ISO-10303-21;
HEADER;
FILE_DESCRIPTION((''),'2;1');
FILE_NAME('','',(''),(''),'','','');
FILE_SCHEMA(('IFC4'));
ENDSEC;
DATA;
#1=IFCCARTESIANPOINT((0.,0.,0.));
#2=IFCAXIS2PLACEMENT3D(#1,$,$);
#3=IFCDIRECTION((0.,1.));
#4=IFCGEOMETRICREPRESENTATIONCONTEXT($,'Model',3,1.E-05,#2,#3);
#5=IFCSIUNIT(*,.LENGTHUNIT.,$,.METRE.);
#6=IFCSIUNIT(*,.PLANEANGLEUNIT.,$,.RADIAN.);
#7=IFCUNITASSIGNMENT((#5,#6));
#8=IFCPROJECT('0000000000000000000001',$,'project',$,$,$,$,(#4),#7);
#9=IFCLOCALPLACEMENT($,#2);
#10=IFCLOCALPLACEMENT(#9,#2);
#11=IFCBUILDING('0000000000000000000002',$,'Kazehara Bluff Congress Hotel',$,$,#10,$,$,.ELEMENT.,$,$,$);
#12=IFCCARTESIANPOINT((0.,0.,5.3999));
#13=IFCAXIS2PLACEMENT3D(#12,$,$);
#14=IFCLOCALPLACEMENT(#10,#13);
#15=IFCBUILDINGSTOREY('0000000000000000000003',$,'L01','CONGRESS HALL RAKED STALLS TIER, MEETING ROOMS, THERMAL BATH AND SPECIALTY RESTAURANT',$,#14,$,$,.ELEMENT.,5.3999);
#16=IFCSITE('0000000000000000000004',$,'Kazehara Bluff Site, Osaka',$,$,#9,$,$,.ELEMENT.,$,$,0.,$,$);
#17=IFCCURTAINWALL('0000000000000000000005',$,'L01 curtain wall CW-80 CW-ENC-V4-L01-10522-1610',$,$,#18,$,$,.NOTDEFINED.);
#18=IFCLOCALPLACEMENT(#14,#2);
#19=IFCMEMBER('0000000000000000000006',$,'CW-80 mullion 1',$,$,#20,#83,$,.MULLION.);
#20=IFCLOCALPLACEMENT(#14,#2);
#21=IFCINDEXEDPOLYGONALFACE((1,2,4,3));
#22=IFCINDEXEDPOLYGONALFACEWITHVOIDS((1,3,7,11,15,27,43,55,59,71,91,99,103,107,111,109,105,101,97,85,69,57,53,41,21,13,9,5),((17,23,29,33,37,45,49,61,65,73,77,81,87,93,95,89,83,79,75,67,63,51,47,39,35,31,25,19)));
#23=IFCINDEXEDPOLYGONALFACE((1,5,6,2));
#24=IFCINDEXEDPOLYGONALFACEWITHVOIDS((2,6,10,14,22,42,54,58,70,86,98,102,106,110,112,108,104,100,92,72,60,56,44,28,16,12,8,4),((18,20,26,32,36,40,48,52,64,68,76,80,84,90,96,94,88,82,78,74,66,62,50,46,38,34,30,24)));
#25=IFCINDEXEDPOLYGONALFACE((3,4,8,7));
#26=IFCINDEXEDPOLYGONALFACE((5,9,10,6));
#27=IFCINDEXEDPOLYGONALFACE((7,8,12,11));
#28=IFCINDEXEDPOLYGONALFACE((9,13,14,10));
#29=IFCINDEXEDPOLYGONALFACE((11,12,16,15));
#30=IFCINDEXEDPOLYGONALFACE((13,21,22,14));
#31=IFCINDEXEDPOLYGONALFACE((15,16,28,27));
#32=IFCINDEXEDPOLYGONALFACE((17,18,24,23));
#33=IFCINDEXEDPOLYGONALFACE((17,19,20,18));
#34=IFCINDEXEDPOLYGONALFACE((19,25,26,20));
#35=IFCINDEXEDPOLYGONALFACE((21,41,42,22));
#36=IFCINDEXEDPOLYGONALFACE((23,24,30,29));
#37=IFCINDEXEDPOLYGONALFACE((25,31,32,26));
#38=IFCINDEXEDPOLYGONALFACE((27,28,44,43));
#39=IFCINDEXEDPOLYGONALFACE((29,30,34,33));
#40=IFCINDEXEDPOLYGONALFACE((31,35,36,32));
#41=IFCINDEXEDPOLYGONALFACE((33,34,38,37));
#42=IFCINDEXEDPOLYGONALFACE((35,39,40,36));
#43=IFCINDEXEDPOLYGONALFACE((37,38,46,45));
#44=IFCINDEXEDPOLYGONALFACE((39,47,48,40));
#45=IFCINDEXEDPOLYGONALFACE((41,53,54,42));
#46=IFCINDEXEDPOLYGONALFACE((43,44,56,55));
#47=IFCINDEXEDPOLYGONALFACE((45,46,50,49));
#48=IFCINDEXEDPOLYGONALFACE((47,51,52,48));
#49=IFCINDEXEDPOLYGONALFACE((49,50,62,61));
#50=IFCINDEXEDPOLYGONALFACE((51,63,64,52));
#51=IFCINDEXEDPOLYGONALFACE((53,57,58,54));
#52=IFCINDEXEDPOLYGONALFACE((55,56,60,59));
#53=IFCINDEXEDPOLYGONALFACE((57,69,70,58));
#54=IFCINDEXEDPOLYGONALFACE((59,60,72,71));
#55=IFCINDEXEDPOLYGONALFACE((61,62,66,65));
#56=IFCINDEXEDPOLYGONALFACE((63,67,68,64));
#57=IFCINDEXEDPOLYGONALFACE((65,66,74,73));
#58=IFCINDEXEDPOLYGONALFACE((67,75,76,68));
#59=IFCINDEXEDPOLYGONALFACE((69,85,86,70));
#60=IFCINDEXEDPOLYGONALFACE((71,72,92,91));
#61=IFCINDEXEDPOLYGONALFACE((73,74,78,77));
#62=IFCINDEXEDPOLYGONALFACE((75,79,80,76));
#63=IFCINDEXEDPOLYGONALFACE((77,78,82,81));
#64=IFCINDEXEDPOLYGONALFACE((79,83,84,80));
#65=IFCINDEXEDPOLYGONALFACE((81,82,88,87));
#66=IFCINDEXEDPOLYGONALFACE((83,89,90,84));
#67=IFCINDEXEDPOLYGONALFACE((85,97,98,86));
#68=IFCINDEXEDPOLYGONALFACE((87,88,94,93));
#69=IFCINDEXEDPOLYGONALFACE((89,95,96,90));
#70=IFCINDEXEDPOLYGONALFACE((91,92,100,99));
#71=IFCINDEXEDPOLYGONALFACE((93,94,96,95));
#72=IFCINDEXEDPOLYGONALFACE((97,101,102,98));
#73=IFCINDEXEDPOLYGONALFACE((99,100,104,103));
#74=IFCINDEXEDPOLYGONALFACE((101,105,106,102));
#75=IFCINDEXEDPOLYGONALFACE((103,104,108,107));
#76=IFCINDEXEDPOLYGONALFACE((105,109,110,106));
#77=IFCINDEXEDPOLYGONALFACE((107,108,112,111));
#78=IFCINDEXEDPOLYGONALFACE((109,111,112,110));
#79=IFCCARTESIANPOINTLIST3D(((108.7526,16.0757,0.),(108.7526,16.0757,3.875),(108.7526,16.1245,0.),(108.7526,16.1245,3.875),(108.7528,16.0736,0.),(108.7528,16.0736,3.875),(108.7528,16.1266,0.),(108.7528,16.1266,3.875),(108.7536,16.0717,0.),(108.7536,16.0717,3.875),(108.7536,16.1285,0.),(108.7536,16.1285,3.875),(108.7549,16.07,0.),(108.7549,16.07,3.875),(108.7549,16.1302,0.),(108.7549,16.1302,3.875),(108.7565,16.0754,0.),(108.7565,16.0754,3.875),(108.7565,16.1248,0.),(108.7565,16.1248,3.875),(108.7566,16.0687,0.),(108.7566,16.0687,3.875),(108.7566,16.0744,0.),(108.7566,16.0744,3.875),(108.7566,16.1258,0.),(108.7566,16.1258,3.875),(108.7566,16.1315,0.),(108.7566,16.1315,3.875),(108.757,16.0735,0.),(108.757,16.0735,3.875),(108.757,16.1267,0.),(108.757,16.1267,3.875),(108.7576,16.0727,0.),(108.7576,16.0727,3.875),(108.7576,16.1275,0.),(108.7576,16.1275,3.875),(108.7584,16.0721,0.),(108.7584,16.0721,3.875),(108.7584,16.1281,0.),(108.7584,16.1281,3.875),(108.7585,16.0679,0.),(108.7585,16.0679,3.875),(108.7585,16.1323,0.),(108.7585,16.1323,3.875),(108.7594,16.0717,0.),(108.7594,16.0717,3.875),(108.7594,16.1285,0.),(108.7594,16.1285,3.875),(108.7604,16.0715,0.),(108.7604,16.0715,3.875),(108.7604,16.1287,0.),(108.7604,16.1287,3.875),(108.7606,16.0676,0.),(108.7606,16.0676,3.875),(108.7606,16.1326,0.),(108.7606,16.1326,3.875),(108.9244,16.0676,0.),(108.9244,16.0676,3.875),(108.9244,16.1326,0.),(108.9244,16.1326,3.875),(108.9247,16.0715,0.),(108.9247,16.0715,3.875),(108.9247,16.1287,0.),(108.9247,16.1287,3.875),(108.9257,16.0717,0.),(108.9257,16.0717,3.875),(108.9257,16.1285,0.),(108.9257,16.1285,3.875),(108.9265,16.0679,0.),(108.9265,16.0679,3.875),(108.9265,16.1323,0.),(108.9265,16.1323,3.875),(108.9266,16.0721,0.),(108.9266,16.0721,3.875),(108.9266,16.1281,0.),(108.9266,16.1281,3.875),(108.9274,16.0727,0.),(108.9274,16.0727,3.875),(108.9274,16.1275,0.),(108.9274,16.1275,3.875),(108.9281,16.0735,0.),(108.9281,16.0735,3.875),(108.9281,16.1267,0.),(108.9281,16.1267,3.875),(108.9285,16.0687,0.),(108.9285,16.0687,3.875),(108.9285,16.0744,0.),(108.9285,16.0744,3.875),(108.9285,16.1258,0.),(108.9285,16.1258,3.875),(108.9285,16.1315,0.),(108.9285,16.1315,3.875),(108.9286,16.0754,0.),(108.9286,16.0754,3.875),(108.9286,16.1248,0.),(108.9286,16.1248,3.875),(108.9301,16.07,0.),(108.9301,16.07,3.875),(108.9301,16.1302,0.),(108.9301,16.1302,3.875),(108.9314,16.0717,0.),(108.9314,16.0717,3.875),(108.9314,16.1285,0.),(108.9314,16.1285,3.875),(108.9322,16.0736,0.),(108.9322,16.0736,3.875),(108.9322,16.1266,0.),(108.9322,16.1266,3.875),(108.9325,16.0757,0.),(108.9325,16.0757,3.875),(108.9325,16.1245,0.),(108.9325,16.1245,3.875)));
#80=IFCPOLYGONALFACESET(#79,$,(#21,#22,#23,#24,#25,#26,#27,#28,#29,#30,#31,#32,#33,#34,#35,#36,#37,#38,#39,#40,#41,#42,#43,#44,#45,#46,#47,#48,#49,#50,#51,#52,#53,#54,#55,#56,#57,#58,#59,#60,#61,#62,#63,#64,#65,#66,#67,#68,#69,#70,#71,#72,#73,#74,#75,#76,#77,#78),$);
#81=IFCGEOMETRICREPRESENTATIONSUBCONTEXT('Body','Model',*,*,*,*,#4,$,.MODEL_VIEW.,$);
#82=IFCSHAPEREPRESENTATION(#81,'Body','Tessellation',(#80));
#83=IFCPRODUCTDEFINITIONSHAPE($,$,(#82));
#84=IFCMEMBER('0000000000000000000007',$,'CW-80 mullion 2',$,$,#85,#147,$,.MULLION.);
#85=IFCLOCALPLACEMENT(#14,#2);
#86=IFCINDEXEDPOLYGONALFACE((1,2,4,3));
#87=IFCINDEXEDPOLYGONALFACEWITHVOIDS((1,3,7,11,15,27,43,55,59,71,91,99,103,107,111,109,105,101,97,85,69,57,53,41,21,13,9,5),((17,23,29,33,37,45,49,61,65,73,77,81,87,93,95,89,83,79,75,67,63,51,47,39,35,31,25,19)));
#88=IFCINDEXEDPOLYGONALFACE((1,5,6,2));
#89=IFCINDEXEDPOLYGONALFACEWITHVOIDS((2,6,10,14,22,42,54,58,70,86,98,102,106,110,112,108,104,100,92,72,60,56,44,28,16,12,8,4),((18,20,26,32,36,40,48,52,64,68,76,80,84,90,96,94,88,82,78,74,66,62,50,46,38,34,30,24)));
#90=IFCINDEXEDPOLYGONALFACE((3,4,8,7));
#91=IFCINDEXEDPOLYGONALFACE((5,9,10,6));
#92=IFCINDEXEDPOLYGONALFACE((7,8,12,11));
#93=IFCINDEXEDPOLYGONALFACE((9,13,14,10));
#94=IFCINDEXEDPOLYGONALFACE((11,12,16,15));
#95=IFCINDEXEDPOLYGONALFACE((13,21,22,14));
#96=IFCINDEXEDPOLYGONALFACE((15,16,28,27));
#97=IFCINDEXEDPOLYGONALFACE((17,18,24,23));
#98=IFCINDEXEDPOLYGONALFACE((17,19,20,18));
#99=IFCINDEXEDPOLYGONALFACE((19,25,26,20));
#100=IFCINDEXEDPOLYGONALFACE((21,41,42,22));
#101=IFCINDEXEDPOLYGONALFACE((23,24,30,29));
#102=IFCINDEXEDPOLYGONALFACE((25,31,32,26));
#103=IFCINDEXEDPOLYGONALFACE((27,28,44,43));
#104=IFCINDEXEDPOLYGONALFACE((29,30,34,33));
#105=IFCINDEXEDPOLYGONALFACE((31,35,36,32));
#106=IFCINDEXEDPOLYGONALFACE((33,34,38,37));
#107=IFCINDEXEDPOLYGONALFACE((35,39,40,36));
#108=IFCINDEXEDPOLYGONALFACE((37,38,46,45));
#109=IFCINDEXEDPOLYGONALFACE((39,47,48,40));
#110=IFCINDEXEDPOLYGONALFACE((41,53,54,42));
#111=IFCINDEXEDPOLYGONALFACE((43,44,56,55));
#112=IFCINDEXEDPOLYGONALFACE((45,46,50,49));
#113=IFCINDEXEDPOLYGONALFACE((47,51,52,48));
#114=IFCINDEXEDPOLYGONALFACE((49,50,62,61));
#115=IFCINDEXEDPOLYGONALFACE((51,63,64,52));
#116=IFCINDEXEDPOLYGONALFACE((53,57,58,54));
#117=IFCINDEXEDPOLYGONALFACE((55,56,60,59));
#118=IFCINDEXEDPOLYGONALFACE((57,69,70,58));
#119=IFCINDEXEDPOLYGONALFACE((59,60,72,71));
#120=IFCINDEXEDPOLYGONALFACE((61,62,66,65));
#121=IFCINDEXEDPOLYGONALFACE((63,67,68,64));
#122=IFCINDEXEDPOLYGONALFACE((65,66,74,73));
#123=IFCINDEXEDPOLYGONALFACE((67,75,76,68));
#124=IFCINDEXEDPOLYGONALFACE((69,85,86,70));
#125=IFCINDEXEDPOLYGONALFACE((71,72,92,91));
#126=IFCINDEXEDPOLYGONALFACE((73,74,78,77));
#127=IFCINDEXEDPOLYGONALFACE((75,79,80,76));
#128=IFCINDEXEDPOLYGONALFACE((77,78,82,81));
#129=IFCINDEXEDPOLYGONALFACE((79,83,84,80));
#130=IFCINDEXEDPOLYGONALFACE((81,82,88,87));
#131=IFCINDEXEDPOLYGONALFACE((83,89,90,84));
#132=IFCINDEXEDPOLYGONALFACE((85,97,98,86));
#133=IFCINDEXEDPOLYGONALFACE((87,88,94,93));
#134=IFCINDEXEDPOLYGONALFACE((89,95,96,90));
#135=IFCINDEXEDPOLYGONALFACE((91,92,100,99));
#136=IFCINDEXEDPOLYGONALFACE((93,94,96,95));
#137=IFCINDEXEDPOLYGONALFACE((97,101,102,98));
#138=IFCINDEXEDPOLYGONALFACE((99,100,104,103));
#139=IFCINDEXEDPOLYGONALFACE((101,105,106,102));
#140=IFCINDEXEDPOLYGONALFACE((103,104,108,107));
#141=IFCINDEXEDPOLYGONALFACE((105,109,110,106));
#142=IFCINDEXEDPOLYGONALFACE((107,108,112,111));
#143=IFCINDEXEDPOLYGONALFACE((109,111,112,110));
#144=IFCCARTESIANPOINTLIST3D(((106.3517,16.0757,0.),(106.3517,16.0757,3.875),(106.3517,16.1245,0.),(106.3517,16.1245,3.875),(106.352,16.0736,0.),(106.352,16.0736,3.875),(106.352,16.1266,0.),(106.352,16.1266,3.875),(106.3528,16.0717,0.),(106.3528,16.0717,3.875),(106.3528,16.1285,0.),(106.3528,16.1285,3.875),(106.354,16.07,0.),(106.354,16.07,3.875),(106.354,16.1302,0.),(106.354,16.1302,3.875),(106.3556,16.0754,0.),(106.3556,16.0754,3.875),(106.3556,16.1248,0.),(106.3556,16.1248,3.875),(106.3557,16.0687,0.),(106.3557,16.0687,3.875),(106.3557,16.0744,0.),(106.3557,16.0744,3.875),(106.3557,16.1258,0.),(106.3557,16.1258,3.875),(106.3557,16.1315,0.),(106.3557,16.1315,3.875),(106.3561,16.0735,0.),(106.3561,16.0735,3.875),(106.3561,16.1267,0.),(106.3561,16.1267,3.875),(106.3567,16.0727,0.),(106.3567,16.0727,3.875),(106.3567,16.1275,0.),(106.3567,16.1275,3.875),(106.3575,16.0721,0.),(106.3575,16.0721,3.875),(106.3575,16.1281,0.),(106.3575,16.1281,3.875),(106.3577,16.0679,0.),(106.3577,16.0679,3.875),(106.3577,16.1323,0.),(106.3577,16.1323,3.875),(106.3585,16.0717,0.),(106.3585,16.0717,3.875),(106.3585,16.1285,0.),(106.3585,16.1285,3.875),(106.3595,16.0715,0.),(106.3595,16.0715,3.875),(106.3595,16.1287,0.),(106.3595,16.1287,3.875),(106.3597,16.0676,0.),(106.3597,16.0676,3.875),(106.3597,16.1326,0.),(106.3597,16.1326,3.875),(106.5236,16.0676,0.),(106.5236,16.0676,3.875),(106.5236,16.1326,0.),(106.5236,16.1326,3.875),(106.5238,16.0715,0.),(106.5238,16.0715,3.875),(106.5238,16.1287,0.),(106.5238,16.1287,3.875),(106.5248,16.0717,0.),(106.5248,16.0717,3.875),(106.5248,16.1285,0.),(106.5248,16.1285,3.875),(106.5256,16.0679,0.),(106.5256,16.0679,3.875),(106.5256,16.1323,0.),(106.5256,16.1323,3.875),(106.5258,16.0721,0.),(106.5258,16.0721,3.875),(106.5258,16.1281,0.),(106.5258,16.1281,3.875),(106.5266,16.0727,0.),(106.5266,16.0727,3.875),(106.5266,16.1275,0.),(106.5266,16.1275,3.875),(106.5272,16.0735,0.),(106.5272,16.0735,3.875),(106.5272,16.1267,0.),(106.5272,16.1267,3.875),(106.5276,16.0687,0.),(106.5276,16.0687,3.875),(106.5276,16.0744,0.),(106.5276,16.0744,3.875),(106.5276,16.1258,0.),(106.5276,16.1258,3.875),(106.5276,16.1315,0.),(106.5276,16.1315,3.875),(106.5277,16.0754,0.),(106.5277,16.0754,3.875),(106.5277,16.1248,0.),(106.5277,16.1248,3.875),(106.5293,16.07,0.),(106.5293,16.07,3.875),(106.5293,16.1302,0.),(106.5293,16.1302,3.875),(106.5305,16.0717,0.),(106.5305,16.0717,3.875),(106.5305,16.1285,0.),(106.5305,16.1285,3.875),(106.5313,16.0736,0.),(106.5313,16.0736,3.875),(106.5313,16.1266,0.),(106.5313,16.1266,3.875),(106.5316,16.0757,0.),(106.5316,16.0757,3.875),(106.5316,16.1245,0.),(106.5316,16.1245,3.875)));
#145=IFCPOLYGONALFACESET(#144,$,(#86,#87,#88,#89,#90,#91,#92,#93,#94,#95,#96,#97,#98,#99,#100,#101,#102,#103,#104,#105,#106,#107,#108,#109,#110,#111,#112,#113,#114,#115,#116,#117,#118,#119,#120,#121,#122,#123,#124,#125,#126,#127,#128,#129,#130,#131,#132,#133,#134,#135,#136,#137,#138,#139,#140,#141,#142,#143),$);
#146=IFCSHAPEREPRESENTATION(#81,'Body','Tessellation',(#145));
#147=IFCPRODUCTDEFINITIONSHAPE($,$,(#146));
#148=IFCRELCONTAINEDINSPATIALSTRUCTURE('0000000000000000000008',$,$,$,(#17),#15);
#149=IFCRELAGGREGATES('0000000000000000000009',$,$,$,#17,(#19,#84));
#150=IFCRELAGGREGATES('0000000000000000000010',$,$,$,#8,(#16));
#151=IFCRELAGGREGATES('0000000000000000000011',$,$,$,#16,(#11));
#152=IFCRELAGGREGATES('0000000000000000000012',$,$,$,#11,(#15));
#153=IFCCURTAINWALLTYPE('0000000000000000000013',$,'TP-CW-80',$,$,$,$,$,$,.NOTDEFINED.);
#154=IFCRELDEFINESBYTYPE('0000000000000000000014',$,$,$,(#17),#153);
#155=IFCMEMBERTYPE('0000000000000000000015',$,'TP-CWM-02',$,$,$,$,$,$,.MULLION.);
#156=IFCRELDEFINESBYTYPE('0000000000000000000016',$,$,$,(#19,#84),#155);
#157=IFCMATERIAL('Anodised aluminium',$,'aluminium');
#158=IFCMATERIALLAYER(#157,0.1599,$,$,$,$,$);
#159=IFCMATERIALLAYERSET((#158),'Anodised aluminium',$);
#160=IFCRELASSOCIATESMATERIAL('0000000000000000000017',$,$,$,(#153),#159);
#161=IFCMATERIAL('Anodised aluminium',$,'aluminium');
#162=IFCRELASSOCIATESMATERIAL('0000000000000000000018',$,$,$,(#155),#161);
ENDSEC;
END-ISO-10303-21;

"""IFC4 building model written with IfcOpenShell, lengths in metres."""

from ifc_helpers import new_model, si_unit, direction, frame, origin, origin_2d, place, context, subcontext, project, spatial, hollow_rectangle, extrude, material, layer, layer_set, material_profile, profile_set, type_object, element, aggregate, save


model = new_model("IFC4")

# Units and contexts
model_context = context("Model", 3, precision=1e-05, world=origin(), true_north=direction((0.0, 1.0)))
body_context = subcontext(model_context, "Body", "Model", "MODEL_VIEW")
ifc_project = project(units=[si_unit("LENGTHUNIT", "METRE"), si_unit("PLANEANGLEUNIT", "RADIAN")], contexts=[model_context])

# Site, building, storey
site_placement = place(None, origin())
site = spatial("IfcSite", under=ifc_project, at=site_placement, Name="Kazehara Bluff Site, Osaka", CompositionType="ELEMENT", RefElevation=0.0)
building_placement = place(site_placement, origin())
building = spatial("IfcBuilding", under=site, at=building_placement, Name="Kazehara Bluff Congress Hotel", CompositionType="ELEMENT")
storey_placement = place(building_placement, frame((0.0, 0.0, 5.3999)))
storey = spatial("IfcBuildingStorey", under=building, at=storey_placement, Name="L01", Description="CONGRESS HALL RAKED STALLS TIER, MEETING ROOMS, THERMAL BATH AND SPECIALTY RESTAURANT", CompositionType="ELEMENT", Elevation=5.3999)

# Curtain wall, members
ifc_material_1 = material(Name="Anodised aluminium", Category="aluminium")
ifc_layer_1 = layer(ifc_material_1, 0.1599)
ifc_layer_set_1 = layer_set([ifc_layer_1], Name="Anodised aluminium")
curtain_wall_type = type_object("IfcCurtainWallType", Name="TP-CW-80", PredefinedType="NOTDEFINED", material=ifc_layer_set_1)
curtain_wall_placement = place(storey_placement, origin())
curtain_wall = element("IfcCurtainWall", 1, at=curtain_wall_placement, inside=storey, type_object=curtain_wall_type, Name="L01 curtain wall CW-80 CW-ENC-V4-L01-10522-1610", PredefinedType="NOTDEFINED")
ifc_material_2 = material(Name="Anodised aluminium", Category="aluminium")
ifc_material_profile_1 = material_profile(ifc_material_2, hollow_rectangle(XDim=0.0649, YDim=0.1799, WallThickness=0.0039, InnerFilletRadius=0.0039, OuterFilletRadius=0.0081, at=origin_2d()))
ifc_profile_set_1 = profile_set([ifc_material_profile_1], Name="Anodised aluminium")
member_type_1 = type_object("IfcMemberType", Name="TP-CWM-02", PredefinedType="MULLION", material=ifc_profile_set_1)
member_1_placement = place(storey_placement, frame((108.8425, 16.1001, 0.0), z_axis=(0.0, 0.0, 1.0), x_axis=(0.0, -1.0, 0.0)))
member_1 = element("IfcMember", 2, at=member_1_placement, type_object=member_type_1, Name="CW-80 mullion 1", PredefinedType="MULLION", context=body_context, shape_type="SweptSolid", body=[
    extrude(hollow_rectangle(XDim=0.0649, YDim=0.1799, WallThickness=0.0039, InnerFilletRadius=0.0039, OuterFilletRadius=0.0081, at=origin_2d()), origin(), (0.0, 0.0, 1.0), 3.875),
])
member_2_placement = place(storey_placement, frame((106.4417, 16.1001, 0.0), z_axis=(0.0, 0.0, 1.0), x_axis=(0.0, -1.0, 0.0)))
member_2 = element("IfcMember", 3, at=member_2_placement, type_object=member_type_1, Name="CW-80 mullion 2", PredefinedType="MULLION", context=body_context, shape_type="SweptSolid", body=[
    extrude(hollow_rectangle(XDim=0.0649, YDim=0.1799, WallThickness=0.0039, InnerFilletRadius=0.0039, OuterFilletRadius=0.0081, at=origin_2d()), origin(), (0.0, 0.0, 1.0), 3.875),
])

aggregate(curtain_wall, [member_1, member_2])

save(model, "model.ifc")
